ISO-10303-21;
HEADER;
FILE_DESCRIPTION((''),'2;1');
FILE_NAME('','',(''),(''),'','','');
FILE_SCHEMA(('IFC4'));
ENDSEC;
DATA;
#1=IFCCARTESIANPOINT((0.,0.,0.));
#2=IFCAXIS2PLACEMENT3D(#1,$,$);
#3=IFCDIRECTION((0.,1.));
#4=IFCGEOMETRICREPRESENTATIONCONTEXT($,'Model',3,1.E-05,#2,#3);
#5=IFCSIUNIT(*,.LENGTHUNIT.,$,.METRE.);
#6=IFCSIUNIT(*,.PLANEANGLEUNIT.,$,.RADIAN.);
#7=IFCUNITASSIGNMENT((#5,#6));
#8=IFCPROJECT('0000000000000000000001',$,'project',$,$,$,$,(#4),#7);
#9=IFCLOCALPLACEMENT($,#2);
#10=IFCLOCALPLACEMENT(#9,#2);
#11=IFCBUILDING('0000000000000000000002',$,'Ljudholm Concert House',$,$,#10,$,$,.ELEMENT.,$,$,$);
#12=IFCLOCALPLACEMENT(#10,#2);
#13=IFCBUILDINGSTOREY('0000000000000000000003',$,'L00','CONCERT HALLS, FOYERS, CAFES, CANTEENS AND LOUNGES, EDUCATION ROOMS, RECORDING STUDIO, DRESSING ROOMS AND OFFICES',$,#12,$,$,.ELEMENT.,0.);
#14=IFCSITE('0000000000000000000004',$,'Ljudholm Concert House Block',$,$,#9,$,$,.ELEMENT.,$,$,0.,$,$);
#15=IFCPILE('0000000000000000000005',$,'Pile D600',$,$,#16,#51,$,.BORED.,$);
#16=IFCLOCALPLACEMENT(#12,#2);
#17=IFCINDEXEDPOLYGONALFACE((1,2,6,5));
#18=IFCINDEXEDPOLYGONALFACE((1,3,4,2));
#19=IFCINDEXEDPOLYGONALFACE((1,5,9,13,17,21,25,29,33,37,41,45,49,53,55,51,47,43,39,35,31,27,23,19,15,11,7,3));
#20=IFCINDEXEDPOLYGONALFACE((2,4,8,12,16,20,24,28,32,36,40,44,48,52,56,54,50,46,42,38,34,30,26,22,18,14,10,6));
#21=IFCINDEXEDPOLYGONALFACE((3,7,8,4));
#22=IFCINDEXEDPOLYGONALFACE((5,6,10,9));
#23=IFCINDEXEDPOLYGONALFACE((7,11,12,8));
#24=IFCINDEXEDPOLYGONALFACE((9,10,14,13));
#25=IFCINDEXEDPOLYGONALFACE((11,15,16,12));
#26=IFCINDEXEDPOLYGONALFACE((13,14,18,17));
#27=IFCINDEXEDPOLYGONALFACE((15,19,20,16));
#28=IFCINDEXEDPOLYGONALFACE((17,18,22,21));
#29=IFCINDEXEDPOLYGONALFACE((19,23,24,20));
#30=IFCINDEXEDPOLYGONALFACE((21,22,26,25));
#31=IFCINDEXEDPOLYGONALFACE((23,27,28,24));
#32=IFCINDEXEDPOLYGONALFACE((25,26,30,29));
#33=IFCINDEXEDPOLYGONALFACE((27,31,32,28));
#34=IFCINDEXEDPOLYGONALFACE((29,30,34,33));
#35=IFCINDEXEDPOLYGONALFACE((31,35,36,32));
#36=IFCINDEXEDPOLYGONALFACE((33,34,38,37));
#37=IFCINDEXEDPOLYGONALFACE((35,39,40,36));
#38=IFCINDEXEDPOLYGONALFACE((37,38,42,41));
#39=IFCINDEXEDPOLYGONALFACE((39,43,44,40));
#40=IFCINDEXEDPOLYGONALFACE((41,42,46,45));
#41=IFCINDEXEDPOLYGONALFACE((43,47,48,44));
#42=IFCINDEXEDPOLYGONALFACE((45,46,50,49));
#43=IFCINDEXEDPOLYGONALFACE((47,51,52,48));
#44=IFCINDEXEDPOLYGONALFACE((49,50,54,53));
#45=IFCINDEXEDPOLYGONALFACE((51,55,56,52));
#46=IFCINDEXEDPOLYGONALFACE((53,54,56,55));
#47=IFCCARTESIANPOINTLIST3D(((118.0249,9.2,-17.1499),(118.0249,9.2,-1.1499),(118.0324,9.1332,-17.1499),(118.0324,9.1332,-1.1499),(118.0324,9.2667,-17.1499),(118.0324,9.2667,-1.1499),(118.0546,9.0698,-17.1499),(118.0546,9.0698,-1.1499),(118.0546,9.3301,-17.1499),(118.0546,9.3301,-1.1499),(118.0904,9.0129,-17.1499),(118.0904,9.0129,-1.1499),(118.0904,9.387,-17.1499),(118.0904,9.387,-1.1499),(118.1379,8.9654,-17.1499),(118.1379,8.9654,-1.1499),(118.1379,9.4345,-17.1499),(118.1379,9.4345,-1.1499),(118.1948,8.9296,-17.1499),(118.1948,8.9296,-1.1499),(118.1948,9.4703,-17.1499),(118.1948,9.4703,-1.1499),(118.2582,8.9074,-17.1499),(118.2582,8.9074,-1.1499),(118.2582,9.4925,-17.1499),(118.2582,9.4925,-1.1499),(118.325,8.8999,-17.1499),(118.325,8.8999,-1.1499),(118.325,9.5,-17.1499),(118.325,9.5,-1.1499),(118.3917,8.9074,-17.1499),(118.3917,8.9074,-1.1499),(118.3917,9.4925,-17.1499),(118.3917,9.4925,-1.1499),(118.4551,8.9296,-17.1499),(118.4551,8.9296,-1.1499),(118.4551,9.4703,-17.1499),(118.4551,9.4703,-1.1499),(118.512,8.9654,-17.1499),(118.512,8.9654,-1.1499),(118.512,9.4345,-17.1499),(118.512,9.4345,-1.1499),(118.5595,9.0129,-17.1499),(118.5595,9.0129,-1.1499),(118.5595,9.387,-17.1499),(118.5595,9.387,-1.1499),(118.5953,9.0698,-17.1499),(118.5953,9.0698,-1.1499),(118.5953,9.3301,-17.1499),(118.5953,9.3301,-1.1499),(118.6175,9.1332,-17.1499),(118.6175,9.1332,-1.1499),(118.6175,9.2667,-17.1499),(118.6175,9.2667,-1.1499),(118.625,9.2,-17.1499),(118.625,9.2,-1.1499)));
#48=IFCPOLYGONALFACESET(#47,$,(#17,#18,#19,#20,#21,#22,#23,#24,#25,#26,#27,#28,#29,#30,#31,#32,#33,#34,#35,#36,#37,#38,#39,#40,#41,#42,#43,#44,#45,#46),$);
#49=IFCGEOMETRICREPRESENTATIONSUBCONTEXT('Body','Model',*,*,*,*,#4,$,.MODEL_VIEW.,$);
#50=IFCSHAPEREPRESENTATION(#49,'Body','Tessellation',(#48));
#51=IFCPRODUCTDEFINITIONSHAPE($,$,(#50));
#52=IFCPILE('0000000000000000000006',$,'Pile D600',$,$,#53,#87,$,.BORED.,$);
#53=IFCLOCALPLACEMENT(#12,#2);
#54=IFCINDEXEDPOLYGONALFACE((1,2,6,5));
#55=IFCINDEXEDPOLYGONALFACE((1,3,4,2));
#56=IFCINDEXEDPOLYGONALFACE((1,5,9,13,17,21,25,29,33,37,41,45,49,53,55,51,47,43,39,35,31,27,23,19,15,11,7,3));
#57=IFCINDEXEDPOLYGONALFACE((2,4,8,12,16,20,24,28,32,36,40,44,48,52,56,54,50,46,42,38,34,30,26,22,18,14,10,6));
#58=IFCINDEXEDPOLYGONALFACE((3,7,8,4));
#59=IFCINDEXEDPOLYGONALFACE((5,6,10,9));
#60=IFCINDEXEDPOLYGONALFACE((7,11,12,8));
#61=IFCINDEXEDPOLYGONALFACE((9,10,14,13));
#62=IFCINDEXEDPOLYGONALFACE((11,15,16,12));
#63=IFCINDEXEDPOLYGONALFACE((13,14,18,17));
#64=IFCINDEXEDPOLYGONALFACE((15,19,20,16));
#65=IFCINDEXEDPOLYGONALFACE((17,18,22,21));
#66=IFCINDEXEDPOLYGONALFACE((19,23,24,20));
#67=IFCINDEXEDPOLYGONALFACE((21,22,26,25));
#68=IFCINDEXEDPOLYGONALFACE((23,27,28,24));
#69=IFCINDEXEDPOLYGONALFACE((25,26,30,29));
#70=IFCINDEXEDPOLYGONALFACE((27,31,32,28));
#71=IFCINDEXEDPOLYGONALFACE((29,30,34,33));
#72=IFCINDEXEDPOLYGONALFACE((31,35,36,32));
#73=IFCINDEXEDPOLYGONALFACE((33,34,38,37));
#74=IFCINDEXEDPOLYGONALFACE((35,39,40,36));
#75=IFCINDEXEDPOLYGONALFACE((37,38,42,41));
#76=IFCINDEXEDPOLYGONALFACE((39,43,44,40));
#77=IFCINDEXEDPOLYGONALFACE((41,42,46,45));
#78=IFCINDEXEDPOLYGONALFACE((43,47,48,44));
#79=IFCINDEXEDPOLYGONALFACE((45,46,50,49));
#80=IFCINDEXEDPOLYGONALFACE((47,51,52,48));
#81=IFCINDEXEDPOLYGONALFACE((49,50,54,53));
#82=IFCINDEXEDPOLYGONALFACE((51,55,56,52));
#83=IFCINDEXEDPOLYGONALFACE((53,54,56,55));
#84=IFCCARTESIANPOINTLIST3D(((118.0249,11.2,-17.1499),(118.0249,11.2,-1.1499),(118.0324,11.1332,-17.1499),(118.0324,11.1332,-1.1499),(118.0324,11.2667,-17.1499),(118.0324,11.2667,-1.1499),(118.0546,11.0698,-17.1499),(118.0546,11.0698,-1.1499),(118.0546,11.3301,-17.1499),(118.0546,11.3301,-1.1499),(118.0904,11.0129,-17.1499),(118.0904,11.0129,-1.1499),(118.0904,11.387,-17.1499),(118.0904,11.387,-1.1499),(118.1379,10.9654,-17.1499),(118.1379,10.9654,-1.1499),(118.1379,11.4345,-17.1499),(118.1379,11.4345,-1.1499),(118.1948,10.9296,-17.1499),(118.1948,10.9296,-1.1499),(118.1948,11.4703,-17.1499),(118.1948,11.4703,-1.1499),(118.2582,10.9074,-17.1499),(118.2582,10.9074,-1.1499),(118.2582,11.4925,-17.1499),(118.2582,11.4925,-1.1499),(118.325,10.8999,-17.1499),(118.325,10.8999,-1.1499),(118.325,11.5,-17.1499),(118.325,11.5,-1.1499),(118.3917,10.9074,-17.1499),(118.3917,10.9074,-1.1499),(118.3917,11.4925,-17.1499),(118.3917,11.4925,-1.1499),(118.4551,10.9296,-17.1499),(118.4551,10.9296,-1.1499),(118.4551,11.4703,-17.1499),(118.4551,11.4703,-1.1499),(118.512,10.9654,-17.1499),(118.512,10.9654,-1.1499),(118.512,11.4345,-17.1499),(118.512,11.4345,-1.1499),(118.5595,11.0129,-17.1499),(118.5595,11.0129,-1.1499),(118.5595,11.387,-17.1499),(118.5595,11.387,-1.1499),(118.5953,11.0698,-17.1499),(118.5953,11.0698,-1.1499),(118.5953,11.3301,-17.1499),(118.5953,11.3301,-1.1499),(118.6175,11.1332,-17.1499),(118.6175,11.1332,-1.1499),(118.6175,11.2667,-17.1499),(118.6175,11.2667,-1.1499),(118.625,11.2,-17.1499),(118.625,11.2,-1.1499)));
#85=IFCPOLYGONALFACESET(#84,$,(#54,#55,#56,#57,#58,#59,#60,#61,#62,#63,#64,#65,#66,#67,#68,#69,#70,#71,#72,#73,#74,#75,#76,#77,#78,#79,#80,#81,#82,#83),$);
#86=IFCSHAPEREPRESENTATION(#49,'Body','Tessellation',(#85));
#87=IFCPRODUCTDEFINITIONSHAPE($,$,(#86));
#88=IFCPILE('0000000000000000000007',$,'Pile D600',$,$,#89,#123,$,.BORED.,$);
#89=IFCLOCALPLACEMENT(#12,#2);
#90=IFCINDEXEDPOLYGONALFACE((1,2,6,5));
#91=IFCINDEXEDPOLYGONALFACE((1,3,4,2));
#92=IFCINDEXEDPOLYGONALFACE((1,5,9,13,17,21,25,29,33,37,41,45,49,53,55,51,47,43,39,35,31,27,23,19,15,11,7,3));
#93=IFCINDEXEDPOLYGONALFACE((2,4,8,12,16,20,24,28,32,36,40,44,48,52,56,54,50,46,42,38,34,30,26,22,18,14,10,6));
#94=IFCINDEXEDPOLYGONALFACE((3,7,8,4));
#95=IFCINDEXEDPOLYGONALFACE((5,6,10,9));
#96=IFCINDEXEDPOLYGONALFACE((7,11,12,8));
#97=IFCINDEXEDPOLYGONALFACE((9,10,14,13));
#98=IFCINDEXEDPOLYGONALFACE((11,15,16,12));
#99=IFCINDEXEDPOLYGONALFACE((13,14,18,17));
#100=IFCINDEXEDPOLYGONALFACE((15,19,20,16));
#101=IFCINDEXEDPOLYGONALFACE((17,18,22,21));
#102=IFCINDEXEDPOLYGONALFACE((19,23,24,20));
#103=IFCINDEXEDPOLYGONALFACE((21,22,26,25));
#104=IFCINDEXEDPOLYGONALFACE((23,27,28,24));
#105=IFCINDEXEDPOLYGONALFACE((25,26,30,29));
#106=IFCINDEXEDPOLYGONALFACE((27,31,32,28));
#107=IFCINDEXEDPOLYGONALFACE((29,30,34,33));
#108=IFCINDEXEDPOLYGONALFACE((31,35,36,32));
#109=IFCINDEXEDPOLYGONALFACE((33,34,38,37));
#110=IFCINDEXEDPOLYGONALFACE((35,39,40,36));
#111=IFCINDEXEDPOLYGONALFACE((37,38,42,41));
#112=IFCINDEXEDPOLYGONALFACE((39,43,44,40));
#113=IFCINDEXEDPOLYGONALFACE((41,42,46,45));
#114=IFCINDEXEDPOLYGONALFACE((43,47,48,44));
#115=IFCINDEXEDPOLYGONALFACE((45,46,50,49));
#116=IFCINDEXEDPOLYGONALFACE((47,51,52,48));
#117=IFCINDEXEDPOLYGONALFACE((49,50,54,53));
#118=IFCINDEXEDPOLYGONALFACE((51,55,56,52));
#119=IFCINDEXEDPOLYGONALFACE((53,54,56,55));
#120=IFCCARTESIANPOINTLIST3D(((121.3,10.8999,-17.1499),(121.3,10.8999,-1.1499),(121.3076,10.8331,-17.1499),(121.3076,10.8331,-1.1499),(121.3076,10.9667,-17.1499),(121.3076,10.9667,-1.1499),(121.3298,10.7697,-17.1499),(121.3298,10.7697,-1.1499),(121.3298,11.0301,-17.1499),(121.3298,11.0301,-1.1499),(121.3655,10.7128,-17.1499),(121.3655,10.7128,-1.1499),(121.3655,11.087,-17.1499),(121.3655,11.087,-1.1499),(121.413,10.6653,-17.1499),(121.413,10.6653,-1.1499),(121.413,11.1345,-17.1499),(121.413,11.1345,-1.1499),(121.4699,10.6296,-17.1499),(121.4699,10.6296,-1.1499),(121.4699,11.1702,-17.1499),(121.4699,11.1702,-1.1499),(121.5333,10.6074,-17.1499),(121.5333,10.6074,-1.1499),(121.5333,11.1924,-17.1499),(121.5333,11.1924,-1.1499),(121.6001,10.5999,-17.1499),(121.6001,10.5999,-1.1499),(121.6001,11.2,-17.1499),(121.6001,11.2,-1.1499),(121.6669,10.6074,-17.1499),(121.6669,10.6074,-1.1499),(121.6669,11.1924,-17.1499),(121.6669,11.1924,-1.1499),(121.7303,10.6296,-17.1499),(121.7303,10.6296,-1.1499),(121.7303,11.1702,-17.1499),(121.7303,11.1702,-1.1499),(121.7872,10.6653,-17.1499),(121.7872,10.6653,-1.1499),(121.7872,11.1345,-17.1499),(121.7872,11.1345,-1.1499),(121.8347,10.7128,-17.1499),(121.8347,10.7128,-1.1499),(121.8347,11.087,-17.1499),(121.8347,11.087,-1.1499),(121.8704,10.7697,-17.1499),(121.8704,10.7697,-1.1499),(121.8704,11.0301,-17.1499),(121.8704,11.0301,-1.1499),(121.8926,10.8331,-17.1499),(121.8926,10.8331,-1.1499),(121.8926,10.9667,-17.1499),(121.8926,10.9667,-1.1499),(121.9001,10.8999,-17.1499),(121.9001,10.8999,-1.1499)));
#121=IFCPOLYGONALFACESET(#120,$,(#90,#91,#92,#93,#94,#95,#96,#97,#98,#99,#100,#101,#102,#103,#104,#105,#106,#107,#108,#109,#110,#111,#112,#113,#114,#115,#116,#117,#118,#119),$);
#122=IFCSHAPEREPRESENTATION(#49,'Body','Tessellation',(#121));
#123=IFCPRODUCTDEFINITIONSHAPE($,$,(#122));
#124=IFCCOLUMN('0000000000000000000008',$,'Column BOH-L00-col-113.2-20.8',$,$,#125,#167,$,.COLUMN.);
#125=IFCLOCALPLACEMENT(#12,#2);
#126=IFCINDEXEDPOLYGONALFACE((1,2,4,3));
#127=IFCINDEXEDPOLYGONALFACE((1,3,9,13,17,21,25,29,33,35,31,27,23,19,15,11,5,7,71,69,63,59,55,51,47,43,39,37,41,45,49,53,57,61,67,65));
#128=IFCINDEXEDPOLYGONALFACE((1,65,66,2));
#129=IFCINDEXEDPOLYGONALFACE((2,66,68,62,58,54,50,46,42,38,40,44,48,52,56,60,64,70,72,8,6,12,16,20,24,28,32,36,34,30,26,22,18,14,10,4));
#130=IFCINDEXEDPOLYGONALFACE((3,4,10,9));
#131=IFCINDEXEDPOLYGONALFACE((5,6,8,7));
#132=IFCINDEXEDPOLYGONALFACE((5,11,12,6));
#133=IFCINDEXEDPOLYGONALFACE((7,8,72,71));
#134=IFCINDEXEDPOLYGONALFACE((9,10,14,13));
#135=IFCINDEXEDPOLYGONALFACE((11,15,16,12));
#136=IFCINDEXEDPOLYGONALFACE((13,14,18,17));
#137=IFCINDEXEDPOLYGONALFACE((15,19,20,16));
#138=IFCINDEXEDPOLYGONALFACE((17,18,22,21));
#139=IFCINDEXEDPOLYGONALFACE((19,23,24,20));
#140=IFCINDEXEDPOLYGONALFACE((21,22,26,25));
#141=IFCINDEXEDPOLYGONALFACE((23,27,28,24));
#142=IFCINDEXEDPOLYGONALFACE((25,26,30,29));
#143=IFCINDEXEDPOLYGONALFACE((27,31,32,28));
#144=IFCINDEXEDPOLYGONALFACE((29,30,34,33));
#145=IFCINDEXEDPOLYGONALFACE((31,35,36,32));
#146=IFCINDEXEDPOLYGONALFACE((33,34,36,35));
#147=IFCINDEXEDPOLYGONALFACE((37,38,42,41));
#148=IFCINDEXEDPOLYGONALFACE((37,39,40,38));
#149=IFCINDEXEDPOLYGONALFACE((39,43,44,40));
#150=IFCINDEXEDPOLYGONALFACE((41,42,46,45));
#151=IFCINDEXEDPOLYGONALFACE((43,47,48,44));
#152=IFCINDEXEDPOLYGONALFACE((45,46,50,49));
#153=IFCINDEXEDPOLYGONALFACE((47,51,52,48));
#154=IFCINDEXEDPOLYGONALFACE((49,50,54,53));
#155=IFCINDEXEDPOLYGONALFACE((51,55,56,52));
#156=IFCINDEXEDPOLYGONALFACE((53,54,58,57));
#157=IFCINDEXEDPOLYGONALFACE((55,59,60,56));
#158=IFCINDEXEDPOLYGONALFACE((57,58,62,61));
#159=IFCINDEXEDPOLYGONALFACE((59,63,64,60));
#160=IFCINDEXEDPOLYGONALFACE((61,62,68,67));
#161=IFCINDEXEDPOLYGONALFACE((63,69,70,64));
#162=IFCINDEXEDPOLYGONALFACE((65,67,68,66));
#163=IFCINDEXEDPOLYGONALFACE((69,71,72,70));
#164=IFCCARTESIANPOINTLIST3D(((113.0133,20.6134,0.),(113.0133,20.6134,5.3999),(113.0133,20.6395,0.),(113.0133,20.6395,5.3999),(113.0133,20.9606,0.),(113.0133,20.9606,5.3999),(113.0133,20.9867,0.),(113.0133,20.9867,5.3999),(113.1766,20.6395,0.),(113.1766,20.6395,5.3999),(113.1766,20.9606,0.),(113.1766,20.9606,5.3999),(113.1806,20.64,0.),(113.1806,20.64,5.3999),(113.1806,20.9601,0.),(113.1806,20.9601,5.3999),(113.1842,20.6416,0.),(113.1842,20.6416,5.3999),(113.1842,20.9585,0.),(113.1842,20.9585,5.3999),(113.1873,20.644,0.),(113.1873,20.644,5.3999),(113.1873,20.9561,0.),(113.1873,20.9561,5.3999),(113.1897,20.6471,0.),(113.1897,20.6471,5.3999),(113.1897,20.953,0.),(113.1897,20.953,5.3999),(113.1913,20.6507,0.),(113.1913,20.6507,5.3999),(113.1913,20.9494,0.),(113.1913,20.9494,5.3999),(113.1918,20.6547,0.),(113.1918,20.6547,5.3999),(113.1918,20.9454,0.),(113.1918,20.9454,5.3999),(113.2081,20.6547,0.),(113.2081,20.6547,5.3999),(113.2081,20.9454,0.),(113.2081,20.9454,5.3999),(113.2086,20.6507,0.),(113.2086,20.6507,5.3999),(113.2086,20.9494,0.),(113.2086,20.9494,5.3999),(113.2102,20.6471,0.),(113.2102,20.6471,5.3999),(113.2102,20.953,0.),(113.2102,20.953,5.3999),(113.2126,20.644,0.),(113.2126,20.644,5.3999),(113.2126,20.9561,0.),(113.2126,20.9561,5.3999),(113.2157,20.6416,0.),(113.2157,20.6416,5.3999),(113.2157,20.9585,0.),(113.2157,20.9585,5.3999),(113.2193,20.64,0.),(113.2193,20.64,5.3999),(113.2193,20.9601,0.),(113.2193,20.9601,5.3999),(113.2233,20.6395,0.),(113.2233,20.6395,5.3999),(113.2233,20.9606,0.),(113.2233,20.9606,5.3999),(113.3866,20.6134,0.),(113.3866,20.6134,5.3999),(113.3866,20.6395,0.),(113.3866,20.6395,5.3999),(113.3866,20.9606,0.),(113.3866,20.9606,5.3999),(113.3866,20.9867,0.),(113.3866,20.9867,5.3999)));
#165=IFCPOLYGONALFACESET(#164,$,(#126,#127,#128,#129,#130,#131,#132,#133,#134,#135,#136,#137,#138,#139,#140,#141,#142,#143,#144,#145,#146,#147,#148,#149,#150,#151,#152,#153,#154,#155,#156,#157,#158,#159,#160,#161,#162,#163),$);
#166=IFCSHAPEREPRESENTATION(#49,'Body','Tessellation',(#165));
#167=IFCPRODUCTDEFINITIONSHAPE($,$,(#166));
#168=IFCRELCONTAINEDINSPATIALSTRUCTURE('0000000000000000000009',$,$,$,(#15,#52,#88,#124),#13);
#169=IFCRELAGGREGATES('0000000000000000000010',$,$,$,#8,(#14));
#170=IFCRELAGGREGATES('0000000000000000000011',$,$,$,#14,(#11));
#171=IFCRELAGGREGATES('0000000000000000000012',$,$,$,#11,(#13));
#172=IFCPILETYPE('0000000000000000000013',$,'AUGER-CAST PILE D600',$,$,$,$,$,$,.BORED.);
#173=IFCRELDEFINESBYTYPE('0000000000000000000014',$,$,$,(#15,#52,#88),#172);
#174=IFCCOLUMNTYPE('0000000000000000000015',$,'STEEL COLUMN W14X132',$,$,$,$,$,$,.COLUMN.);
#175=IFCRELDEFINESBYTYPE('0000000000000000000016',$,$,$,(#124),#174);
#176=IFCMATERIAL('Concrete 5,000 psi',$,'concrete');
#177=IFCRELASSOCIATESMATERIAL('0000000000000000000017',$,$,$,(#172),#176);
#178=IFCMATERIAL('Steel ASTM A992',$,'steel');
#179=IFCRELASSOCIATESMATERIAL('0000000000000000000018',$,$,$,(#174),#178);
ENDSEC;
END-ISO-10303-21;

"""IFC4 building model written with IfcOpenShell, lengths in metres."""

from ifc_helpers import new_model, si_unit, direction, frame, origin, origin_2d, place, context, subcontext, project, spatial, circle, i_section, extrude, material, material_profile, profile_set, type_object, element, save


model = new_model("IFC4")

# Units and contexts
model_context = context("Model", 3, precision=1e-05, world=origin(), true_north=direction((0.0, 1.0)))
body_context = subcontext(model_context, "Body", "Model", "MODEL_VIEW")
ifc_project = project(units=[si_unit("LENGTHUNIT", "METRE"), si_unit("PLANEANGLEUNIT", "RADIAN")], contexts=[model_context])

# Site, building, storey
site_placement = place(None, origin())
site = spatial("IfcSite", under=ifc_project, at=site_placement, Name="Ljudholm Concert House Block", CompositionType="ELEMENT", RefElevation=0.0)
building_placement = place(site_placement, origin())
building = spatial("IfcBuilding", under=site, at=building_placement, Name="Ljudholm Concert House", CompositionType="ELEMENT")
storey_placement = place(building_placement, origin())
storey = spatial("IfcBuildingStorey", under=building, at=storey_placement, Name="L00", Description="CONCERT HALLS, FOYERS, CAFES, CANTEENS AND LOUNGES, EDUCATION ROOMS, RECORDING STUDIO, DRESSING ROOMS AND OFFICES", CompositionType="ELEMENT", Elevation=0.0)

# Piles
ifc_material_1 = material(Name="Concrete 5,000 psi", Category="concrete")
ifc_material_profile_1 = material_profile(ifc_material_1, circle(Radius=0.3, at=origin_2d()), Name="AUGER-CAST PILE D600")
ifc_profile_set_1 = profile_set([ifc_material_profile_1], Name="Concrete 5,000 psi")
pile_type = type_object("IfcPileType", Name="AUGER-CAST PILE D600", PredefinedType="BORED", material=ifc_profile_set_1)
for number, where, z_axis, x_axis, name in (
    (1, (118.325, 9.2, -1.1499), (0.0, 0.0, -1.0), (1.0, 0.0, 0.0), "Pile D600"),
    (2, (118.325, 11.2, -1.1499), (0.0, 0.0, -1.0), (1.0, 0.0, 0.0), "Pile D600"),
    (3, (121.6001, 10.8999, -1.1499), (0.0, 0.0, -1.0), (1.0, 0.0, 0.0), "Pile D600"),
):
    element("IfcPile", number, at=place(storey_placement, frame(where, z_axis=z_axis, x_axis=x_axis)), inside=storey, type_object=pile_type, Name=name, PredefinedType="BORED", context=body_context, shape_type="SweptSolid", body=[
        extrude(circle(Radius=0.3, at=origin_2d()), origin(), (0.0, 0.0, 1.0), 16.0),
    ])

# Column
ifc_material_2 = material(Name="Steel ASTM A992", Category="steel")
ifc_material_profile_2 = material_profile(ifc_material_2, i_section(OverallWidth=0.3733, OverallDepth=0.3733, WebThickness=0.0164, FlangeThickness=0.0261, FilletRadius=0.0151, at=origin_2d()), Name="W14X132")
ifc_profile_set_2 = profile_set([ifc_material_profile_2], Name="Steel ASTM A992")
column_type = type_object("IfcColumnType", Name="STEEL COLUMN W14X132", PredefinedType="COLUMN", material=ifc_profile_set_2)
for number, where, z_axis, x_axis, name in (
    (4, (113.2, 20.8, 0.0), (0.0, 0.0, 1.0), (1.0, 0.0, 0.0), "Column BOH-L00-col-113.2-20.8"),
):
    element("IfcColumn", number, at=place(storey_placement, frame(where, z_axis=z_axis, x_axis=x_axis)), inside=storey, type_object=column_type, Name=name, PredefinedType="COLUMN", context=body_context, shape_type="SweptSolid", body=[
        extrude(i_section(OverallWidth=0.3733, OverallDepth=0.3733, WebThickness=0.0164, FlangeThickness=0.0261, FilletRadius=0.0151, at=origin_2d()), origin(), (0.0, 0.0, 1.0), 5.3999),
    ])

save(model, "model.ifc")
